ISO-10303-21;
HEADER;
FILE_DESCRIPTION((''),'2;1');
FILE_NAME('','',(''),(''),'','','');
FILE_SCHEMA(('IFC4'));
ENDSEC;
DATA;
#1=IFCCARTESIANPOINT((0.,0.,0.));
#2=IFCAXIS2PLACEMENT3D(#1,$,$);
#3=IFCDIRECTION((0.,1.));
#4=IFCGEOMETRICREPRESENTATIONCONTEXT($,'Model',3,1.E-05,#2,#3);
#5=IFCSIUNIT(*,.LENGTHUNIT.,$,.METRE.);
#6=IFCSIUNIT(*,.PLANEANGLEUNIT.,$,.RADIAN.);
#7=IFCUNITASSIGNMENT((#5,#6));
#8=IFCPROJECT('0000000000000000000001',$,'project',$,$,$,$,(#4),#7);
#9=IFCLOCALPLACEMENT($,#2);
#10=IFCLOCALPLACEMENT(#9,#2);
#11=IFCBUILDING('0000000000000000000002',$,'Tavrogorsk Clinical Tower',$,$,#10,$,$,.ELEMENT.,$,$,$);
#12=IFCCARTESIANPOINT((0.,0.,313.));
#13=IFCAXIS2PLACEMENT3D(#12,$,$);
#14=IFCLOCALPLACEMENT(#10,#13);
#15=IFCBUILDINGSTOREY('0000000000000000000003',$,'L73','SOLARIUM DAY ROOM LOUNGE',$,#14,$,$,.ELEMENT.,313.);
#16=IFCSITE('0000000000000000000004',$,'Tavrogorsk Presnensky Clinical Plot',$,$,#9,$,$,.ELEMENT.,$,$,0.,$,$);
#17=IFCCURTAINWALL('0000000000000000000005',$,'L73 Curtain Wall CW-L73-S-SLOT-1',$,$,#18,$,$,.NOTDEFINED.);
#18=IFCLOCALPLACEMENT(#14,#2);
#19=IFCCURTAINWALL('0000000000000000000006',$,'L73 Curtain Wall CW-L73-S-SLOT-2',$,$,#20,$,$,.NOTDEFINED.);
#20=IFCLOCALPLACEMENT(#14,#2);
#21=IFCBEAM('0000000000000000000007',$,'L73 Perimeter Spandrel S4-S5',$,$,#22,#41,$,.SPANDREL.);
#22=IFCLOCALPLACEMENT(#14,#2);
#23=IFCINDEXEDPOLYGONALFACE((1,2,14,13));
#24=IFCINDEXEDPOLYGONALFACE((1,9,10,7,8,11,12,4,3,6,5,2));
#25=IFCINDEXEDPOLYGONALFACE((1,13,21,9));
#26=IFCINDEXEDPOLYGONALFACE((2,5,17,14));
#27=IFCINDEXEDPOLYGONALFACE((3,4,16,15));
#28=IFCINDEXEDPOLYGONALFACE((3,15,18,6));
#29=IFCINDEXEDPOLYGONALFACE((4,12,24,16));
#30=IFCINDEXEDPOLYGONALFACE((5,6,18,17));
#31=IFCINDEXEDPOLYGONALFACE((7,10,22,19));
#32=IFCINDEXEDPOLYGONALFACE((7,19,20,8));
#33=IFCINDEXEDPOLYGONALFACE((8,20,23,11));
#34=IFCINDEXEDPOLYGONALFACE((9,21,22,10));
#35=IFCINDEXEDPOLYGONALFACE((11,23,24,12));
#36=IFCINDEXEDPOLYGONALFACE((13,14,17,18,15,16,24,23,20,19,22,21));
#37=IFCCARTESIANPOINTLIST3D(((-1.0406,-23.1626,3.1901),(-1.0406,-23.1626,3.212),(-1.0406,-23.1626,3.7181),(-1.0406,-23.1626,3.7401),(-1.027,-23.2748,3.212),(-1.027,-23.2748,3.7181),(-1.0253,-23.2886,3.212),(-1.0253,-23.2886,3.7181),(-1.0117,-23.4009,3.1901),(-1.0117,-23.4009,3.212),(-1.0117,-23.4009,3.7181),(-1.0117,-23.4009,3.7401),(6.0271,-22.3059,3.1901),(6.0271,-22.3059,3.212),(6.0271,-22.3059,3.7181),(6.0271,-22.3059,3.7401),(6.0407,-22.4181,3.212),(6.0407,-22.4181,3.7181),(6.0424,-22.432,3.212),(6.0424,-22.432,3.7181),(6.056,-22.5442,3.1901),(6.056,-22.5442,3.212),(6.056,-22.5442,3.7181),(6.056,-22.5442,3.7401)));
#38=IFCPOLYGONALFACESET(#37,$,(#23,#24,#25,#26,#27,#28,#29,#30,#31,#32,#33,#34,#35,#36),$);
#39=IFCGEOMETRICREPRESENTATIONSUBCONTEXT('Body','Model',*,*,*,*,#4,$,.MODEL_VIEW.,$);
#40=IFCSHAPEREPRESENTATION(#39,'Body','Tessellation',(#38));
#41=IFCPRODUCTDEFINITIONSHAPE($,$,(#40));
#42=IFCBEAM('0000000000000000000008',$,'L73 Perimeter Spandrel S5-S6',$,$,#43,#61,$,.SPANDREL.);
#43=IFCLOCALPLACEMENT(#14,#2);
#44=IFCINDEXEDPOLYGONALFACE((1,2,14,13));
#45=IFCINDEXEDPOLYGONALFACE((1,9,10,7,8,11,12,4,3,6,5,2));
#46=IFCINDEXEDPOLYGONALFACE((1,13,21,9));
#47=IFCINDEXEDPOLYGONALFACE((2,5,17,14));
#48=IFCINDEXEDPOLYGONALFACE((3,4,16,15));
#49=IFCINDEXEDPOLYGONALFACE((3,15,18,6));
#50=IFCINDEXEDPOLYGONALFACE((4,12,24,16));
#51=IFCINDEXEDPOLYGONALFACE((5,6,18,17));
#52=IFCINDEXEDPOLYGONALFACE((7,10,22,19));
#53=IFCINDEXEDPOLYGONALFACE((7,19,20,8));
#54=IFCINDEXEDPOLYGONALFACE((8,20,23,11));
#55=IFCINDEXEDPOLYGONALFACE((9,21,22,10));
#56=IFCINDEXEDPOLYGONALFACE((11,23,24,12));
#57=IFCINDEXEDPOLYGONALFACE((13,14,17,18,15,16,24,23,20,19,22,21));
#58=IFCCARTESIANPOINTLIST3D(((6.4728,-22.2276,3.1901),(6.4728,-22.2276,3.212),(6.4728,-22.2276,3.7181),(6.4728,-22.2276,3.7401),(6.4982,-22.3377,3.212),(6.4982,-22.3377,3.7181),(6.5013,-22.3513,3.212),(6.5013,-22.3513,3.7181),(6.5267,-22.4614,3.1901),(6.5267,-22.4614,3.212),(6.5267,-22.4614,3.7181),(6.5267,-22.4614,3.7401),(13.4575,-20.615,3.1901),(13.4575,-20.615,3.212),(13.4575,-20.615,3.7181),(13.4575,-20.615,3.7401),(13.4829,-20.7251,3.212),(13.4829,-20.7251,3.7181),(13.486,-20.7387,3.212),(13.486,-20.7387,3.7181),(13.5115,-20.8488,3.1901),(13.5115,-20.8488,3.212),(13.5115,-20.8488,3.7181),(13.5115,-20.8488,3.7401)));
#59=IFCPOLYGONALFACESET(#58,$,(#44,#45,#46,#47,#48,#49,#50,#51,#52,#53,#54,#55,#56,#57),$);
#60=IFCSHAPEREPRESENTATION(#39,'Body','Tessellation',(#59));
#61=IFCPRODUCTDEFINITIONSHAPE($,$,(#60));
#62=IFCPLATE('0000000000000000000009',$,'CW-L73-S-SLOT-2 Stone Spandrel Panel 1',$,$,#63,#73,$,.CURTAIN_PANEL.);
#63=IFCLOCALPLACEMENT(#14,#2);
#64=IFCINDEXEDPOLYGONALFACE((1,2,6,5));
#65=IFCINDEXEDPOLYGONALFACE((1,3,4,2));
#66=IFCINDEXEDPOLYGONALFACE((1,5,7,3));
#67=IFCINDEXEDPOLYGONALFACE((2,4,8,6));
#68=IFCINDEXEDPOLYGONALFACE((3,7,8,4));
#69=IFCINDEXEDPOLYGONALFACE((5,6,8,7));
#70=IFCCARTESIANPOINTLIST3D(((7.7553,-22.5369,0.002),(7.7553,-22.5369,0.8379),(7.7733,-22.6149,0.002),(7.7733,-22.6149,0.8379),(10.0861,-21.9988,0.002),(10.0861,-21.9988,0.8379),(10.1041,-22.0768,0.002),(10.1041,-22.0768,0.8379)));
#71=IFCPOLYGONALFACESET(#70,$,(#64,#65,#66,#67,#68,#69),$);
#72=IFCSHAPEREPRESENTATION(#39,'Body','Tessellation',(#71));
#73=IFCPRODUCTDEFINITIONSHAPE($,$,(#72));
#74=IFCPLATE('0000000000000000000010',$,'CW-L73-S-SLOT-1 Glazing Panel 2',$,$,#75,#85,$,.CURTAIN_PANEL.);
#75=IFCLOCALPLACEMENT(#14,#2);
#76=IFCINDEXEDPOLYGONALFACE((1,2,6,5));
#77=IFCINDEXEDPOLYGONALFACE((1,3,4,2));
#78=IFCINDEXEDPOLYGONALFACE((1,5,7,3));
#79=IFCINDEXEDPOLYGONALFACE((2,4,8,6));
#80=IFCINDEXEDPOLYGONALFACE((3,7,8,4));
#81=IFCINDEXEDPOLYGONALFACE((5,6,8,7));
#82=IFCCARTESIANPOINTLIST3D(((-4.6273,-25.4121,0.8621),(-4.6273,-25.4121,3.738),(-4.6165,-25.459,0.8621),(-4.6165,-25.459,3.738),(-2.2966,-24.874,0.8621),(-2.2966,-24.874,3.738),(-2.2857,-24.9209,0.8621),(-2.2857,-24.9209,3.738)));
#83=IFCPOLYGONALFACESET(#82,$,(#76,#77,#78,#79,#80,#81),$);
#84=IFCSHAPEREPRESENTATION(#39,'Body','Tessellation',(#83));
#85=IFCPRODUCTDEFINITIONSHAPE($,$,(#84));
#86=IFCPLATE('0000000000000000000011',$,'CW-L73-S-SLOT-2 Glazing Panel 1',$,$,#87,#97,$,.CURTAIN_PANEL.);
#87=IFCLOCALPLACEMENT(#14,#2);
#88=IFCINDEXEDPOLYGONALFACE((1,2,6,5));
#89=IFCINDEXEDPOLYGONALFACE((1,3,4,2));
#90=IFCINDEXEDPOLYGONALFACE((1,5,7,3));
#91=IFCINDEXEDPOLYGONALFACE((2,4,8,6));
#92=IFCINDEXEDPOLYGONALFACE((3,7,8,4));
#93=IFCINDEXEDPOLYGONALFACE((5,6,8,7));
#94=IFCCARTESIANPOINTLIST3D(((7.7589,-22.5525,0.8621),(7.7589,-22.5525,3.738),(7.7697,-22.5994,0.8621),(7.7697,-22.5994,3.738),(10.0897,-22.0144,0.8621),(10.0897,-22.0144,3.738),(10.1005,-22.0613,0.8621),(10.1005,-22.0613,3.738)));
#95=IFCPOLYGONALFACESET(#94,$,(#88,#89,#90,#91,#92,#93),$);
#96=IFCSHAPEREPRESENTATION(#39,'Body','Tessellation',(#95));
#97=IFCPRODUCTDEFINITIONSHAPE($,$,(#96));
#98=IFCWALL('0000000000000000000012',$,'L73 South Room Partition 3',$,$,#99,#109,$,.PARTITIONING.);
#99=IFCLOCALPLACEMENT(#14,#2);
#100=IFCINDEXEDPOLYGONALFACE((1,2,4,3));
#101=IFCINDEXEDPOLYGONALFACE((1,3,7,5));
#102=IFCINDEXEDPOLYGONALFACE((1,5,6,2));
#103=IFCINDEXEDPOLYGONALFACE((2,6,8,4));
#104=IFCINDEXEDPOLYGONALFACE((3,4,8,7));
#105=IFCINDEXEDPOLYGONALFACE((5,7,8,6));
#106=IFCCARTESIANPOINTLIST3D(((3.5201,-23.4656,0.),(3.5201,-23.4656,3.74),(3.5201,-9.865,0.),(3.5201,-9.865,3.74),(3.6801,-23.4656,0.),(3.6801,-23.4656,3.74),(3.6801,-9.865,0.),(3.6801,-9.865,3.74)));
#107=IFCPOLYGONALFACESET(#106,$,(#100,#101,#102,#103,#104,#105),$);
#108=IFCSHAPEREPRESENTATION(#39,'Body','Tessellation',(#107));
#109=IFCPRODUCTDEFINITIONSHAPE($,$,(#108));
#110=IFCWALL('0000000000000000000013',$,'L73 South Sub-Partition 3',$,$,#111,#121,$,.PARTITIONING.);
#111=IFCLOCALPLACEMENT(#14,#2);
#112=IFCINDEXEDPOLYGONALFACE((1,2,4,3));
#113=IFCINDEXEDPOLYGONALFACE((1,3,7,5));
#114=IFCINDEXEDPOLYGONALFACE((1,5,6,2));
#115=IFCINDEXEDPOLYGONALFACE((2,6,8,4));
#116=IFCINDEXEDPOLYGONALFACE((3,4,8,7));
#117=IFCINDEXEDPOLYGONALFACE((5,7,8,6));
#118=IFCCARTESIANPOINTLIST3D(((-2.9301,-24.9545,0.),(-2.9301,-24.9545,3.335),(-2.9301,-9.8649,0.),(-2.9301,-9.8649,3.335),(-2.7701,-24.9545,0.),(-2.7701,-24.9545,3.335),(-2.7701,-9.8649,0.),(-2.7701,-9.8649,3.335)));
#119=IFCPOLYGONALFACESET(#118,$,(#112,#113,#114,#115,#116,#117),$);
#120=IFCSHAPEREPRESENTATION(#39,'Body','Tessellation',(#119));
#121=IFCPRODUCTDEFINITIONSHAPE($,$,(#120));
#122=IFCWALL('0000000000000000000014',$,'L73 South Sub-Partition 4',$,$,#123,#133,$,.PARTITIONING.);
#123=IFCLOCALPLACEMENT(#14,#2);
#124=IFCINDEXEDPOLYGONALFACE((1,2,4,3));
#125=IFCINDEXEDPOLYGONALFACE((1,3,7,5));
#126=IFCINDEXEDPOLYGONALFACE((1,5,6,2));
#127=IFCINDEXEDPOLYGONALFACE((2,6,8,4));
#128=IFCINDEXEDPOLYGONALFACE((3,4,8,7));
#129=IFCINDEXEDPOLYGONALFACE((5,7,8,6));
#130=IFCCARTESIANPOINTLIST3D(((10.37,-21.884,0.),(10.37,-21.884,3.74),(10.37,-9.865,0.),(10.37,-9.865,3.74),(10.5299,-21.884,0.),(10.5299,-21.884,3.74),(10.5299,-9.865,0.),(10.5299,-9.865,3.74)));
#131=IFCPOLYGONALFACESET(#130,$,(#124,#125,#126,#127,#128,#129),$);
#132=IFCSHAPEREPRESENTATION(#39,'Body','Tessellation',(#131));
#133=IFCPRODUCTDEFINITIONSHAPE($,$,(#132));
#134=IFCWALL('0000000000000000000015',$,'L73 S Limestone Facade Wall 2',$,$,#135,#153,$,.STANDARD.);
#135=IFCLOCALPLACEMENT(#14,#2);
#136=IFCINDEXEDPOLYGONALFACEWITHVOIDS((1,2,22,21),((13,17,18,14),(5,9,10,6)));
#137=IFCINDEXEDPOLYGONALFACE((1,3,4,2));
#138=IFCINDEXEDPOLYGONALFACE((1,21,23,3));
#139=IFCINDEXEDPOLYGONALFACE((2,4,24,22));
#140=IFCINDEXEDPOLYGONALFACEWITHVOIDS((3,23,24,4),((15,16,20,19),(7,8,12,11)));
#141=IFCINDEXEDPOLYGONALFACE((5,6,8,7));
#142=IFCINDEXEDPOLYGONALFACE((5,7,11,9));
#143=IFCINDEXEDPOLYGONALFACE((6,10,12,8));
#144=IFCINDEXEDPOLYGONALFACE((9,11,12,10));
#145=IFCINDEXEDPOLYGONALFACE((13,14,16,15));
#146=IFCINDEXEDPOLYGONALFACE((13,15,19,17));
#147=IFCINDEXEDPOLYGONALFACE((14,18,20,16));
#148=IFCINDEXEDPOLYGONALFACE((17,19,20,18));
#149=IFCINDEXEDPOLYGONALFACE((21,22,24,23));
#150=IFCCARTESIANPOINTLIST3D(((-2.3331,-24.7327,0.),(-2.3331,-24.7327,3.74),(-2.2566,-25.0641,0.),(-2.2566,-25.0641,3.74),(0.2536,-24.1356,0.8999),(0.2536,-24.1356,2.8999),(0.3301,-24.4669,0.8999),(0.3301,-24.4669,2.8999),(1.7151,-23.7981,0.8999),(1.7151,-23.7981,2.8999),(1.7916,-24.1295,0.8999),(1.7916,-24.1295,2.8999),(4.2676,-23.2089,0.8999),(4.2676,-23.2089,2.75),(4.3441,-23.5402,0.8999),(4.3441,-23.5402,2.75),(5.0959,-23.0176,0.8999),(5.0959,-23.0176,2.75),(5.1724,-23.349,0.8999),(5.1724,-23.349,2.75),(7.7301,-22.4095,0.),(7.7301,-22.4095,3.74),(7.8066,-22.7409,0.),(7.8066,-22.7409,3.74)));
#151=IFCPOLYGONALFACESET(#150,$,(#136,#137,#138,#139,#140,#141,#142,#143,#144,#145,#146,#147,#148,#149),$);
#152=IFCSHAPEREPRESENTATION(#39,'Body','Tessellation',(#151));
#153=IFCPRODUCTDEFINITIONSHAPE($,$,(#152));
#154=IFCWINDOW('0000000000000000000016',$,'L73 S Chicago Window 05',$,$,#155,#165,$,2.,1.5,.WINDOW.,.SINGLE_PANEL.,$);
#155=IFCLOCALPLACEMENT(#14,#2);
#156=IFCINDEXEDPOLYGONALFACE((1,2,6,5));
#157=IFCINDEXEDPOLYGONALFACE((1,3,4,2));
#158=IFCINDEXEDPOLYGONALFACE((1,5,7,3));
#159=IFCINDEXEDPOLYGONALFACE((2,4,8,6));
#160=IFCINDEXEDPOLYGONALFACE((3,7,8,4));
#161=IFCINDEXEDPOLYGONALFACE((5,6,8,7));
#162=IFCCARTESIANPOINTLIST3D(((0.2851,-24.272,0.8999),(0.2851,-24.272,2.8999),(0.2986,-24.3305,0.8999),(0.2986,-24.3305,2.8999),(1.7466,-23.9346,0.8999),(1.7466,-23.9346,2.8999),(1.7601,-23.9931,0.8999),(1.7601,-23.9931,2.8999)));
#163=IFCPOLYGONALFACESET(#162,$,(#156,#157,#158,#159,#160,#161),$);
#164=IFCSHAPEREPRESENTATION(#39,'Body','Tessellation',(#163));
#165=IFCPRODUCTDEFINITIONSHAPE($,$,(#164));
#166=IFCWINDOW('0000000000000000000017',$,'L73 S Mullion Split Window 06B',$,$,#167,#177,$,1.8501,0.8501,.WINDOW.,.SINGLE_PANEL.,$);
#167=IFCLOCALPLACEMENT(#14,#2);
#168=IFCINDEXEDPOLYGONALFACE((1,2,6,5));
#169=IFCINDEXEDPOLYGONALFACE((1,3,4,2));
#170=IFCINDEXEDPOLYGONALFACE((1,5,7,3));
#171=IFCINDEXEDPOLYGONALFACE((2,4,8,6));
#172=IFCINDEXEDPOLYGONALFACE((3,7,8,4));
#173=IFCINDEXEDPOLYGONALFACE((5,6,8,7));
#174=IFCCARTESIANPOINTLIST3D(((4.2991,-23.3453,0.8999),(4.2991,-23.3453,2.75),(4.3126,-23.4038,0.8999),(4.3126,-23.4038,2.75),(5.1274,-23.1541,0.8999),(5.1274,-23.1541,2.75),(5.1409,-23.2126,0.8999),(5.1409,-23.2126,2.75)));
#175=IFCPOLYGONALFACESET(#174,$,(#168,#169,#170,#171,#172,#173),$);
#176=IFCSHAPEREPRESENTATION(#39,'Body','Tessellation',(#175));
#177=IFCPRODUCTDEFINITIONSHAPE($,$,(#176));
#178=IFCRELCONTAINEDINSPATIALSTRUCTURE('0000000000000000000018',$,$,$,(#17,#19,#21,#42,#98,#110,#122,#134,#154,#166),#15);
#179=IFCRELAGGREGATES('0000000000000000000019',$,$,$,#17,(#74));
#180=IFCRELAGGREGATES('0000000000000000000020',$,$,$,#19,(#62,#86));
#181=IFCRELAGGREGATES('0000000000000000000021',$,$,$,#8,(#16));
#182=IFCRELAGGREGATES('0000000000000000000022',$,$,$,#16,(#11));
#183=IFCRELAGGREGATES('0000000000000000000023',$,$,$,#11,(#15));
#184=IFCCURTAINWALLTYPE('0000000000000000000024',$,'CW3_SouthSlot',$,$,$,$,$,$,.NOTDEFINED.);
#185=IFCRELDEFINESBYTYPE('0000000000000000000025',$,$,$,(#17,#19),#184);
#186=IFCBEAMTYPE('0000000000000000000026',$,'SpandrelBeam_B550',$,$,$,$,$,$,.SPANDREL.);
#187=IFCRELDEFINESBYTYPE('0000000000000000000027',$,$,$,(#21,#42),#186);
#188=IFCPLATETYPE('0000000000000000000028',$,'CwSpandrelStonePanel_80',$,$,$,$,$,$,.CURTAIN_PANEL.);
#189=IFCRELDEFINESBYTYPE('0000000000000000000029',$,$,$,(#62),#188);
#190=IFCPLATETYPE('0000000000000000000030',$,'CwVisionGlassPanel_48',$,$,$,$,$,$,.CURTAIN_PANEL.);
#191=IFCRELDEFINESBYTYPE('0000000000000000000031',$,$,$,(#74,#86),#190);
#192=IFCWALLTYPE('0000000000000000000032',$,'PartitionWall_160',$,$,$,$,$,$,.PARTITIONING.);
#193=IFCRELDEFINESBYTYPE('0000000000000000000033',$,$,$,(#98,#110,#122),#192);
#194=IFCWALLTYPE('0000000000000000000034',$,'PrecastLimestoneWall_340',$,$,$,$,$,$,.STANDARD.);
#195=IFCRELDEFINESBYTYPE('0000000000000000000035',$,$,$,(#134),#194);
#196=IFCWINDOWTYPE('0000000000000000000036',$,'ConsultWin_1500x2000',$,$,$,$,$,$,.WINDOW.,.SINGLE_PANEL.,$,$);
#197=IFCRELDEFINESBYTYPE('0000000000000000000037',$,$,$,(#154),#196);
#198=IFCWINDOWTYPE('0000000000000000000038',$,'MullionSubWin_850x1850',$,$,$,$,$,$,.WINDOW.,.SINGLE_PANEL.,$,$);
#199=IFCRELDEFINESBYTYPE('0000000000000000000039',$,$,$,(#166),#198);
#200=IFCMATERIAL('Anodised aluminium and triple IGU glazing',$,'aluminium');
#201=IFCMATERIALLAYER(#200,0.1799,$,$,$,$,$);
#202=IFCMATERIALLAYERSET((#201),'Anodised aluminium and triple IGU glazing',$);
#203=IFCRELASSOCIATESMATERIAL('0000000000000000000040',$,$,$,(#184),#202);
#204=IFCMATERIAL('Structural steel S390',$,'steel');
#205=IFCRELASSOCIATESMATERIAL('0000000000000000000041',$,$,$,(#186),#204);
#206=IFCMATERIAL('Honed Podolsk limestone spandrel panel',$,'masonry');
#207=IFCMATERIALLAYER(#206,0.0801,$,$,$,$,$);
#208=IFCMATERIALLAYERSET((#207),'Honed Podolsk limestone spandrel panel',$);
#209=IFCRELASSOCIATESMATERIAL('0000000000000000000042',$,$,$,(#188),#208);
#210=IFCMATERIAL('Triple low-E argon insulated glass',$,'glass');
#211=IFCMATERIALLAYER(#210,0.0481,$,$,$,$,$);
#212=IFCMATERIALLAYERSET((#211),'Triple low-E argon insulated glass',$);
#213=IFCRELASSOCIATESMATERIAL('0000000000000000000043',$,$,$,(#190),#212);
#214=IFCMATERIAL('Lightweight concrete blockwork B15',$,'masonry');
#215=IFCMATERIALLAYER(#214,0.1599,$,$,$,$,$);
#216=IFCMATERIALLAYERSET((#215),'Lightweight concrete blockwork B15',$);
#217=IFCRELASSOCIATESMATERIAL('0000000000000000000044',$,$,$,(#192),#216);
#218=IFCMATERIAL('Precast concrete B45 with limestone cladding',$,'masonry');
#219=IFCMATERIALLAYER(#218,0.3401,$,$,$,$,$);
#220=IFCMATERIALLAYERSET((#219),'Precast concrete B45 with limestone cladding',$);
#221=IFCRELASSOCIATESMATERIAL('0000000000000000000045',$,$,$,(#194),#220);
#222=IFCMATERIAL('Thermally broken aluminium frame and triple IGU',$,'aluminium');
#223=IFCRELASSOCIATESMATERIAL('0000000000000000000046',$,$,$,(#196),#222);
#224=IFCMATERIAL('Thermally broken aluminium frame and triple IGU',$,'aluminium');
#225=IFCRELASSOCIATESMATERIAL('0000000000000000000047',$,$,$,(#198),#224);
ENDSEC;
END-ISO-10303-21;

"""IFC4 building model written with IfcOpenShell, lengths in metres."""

from ifc_helpers import new_model, si_unit, direction, frame, frame_2d, origin, origin_2d, place, context, subcontext, project, spatial, rectangle, i_section, extrude, material, layer, layer_set, material_profile, profile_set, type_object, element, fill, aggregate, save


model = new_model("IFC4")

# Units and contexts
model_context = context("Model", 3, precision=1e-05, world=origin(), true_north=direction((0.0, 1.0)))
body_context = subcontext(model_context, "Body", "Model", "MODEL_VIEW")
ifc_project = project(units=[si_unit("LENGTHUNIT", "METRE"), si_unit("PLANEANGLEUNIT", "RADIAN")], contexts=[model_context])

# Site, building, storey
site_placement = place(None, origin())
site = spatial("IfcSite", under=ifc_project, at=site_placement, Name="Tavrogorsk Presnensky Clinical Plot", CompositionType="ELEMENT", RefElevation=0.0)
building_placement = place(site_placement, origin())
building = spatial("IfcBuilding", under=site, at=building_placement, Name="Tavrogorsk Clinical Tower", CompositionType="ELEMENT")
storey_placement = place(building_placement, frame((0.0, 0.0, 313.0)))
storey = spatial("IfcBuildingStorey", under=building, at=storey_placement, Name="L73", Description="SOLARIUM DAY ROOM LOUNGE", CompositionType="ELEMENT", Elevation=313.0)

# Curtain wall
ifc_material_1 = material(Name="Anodised aluminium and triple IGU glazing", Category="aluminium")
ifc_layer_1 = layer(ifc_material_1, 0.1799)
ifc_layer_set_1 = layer_set([ifc_layer_1], Name="Anodised aluminium and triple IGU glazing")
curtain_wall_type = type_object("IfcCurtainWallType", Name="CW3_SouthSlot", PredefinedType="NOTDEFINED", material=ifc_layer_set_1)
curtain_wall_1_placement = place(storey_placement, origin())
curtain_wall_1 = element("IfcCurtainWall", 1, at=curtain_wall_1_placement, inside=storey, type_object=curtain_wall_type, Name="L73 Curtain Wall CW-L73-S-SLOT-1", PredefinedType="NOTDEFINED")

# Curtain wall
curtain_wall_2_placement = place(storey_placement, origin())
curtain_wall_2 = element("IfcCurtainWall", 2, at=curtain_wall_2_placement, inside=storey, type_object=curtain_wall_type, Name="L73 Curtain Wall CW-L73-S-SLOT-2", PredefinedType="NOTDEFINED")

# Beams
ifc_material_2 = material(Name="Structural steel S390", Category="steel")
ifc_material_profile_1 = material_profile(ifc_material_2, i_section(OverallWidth=0.24, OverallDepth=0.55, WebThickness=0.0139, FlangeThickness=0.022, at=origin_2d()), Name="B-550x240x14x22")
ifc_profile_set_1 = profile_set([ifc_material_profile_1], Name="Structural steel S390")
beam_type = type_object("IfcBeamType", Name="SpandrelBeam_B550", PredefinedType="SPANDREL", material=ifc_profile_set_1)
beam_1_placement = place(storey_placement, frame((-1.0261, -23.2817, 3.4651), z_axis=(0.992734, 0.120332, 0.0), x_axis=(-0.120332, 0.992734, 0.0)))
element("IfcBeam", 3, at=beam_1_placement, inside=storey, type_object=beam_type, Name="L73 Perimeter Spandrel S4-S5", PredefinedType="SPANDREL", context=body_context, shape_type="SweptSolid", body=[
    extrude(i_section(OverallWidth=0.24, OverallDepth=0.55, WebThickness=0.0139, FlangeThickness=0.022, at=origin_2d()), origin(), (0.0, 0.0, 1.0), 7.1194),
])
beam_2_placement = place(storey_placement, frame((6.4998, -22.3445, 3.4651), z_axis=(0.974369, 0.224954, 0.0), x_axis=(-0.224954, 0.974369, 0.0)))
element("IfcBeam", 4, at=beam_2_placement, inside=storey, type_object=beam_type, Name="L73 Perimeter Spandrel S5-S6", PredefinedType="SPANDREL", context=body_context, shape_type="SweptSolid", body=[
    extrude(i_section(OverallWidth=0.24, OverallDepth=0.55, WebThickness=0.0139, FlangeThickness=0.022, at=origin_2d()), origin(), (0.0, 0.0, 1.0), 7.1685),
])

# Plates
ifc_material_3 = material(Name="Honed Podolsk limestone spandrel panel", Category="masonry")
ifc_layer_2 = layer(ifc_material_3, 0.0801)
ifc_layer_set_2 = layer_set([ifc_layer_2], Name="Honed Podolsk limestone spandrel panel")
plate_type_1 = type_object("IfcPlateType", Name="CwSpandrelStonePanel_80", PredefinedType="CURTAIN_PANEL", material=ifc_layer_set_2)
plate_1_placement = place(storey_placement, frame((8.9297, -22.3069, 0.002), z_axis=(0.0, 0.0, 1.0), x_axis=(0.97437, 0.224951, 0.0)))
plate_1 = element("IfcPlate", 5, at=plate_1_placement, type_object=plate_type_1, Name="CW-L73-S-SLOT-2 Stone Spandrel Panel 1", PredefinedType="CURTAIN_PANEL", context=body_context, shape_type="SweptSolid", body=[
    extrude(rectangle(XDim=2.3921, YDim=0.0801, at=origin_2d()), origin(), (0.0, 0.0, 1.0), 0.8359),
])
ifc_material_4 = material(Name="Triple low-E argon insulated glass", Category="glass")
ifc_layer_3 = layer(ifc_material_4, 0.0481)
ifc_layer_set_3 = layer_set([ifc_layer_3], Name="Triple low-E argon insulated glass")
plate_type_2 = type_object("IfcPlateType", Name="CwVisionGlassPanel_48", PredefinedType="CURTAIN_PANEL", material=ifc_layer_set_3)
plate_2_placement = place(storey_placement, frame((-3.4565, -25.1665, 0.8621), z_axis=(0.0, 0.0, 1.0), x_axis=(0.97437, 0.224951, 0.0)))
plate_2 = element("IfcPlate", 6, at=plate_2_placement, type_object=plate_type_2, Name="CW-L73-S-SLOT-1 Glazing Panel 2", PredefinedType="CURTAIN_PANEL", context=body_context, shape_type="SweptSolid", body=[
    extrude(rectangle(XDim=2.3921, YDim=0.0481, at=origin_2d()), origin(), (0.0, 0.0, 1.0), 2.876),
])
aggregate(curtain_wall_1, [plate_2])
plate_3_placement = place(storey_placement, frame((8.9297, -22.3069, 0.8621), z_axis=(0.0, 0.0, 1.0), x_axis=(0.97437, 0.224951, 0.0)))
plate_3 = element("IfcPlate", 7, at=plate_3_placement, type_object=plate_type_2, Name="CW-L73-S-SLOT-2 Glazing Panel 1", PredefinedType="CURTAIN_PANEL", context=body_context, shape_type="SweptSolid", body=[
    extrude(rectangle(XDim=2.3921, YDim=0.0481, at=origin_2d()), origin(), (0.0, 0.0, 1.0), 2.876),
])
aggregate(curtain_wall_2, [plate_1, plate_3])

# Walls
ifc_material_5 = material(Name="Lightweight concrete blockwork B15", Category="masonry")
ifc_layer_4 = layer(ifc_material_5, 0.1599)
ifc_layer_set_4 = layer_set([ifc_layer_4], Name="Lightweight concrete blockwork B15")
wall_type_1 = type_object("IfcWallType", Name="PartitionWall_160", PredefinedType="PARTITIONING", material=ifc_layer_set_4)
wall_1_placement = place(storey_placement, frame((3.6001, -23.4656, 0.0), z_axis=(0.0, 0.0, 1.0), x_axis=(0.0, 1.0, 0.0)))
element("IfcWall", 8, at=wall_1_placement, inside=storey, type_object=wall_type_1, Name="L73 South Room Partition 3", PredefinedType="PARTITIONING", context=body_context, shape_type="SweptSolid", body=[
    extrude(rectangle(XDim=13.6006, YDim=0.1599, at=frame_2d((6.8003, 0.0))), origin(), (0.0, 0.0, 1.0), 3.74),
])
wall_2_placement = place(storey_placement, frame((-2.8501, -24.9546, 0.0), z_axis=(0.0, 0.0, 1.0), x_axis=(0.0, 1.0, 0.0)))
element("IfcWall", 9, at=wall_2_placement, inside=storey, type_object=wall_type_1, Name="L73 South Sub-Partition 3", PredefinedType="PARTITIONING", context=body_context, shape_type="SweptSolid", body=[
    extrude(rectangle(XDim=15.0896, YDim=0.1599, at=frame_2d((7.5449, 0.0))), origin(), (0.0, 0.0, 1.0), 3.335),
])
wall_3_placement = place(storey_placement, frame((10.45, -21.884, 0.0), z_axis=(0.0, 0.0, 1.0), x_axis=(0.0, 1.0, 0.0)))
element("IfcWall", 10, at=wall_3_placement, inside=storey, type_object=wall_type_1, Name="L73 South Sub-Partition 4", PredefinedType="PARTITIONING", context=body_context, shape_type="SweptSolid", body=[
    extrude(rectangle(XDim=12.019, YDim=0.1599, at=frame_2d((6.0095, 0.0))), origin(), (0.0, 0.0, 1.0), 3.74),
])

# Wall, openings, windows
ifc_material_6 = material(Name="Precast concrete B45 with limestone cladding", Category="masonry")
ifc_layer_5 = layer(ifc_material_6, 0.3401)
ifc_layer_set_5 = layer_set([ifc_layer_5], Name="Precast concrete B45 with limestone cladding")
wall_type_2 = type_object("IfcWallType", Name="PrecastLimestoneWall_340", PredefinedType="STANDARD", material=ifc_layer_set_5)
wall_4_placement = place(storey_placement, frame((-2.2949, -24.8984, 0.0), z_axis=(0.0, 0.0, 1.0), x_axis=(0.974371, 0.224948, 0.0)))
wall_4 = element("IfcWall", 11, at=wall_4_placement, inside=storey, type_object=wall_type_2, Name="L73 S Limestone Facade Wall 2", PredefinedType="STANDARD", context=body_context, shape_type="SweptSolid", body=[
    extrude(rectangle(XDim=10.3279, YDim=0.3401, at=frame_2d((5.1641, 0.0))), origin(), (0.0, 0.0, 1.0), 3.74),
])
opening_1_placement = place(wall_4_placement, frame((2.6548, 0.0, 0.8999)))
opening_1 = element("IfcOpeningElement", 12, at=opening_1_placement, cuts=wall_4, PredefinedType="OPENING", context=body_context, shape_type="SweptSolid", body=[
    extrude(rectangle(XDim=1.5, YDim=2.0, at=frame_2d((0.75, 1.0))), frame((0.0, 0.1799, 0.0), z_axis=(0.0, -1.0, 0.0), x_axis=(1.0, 0.0, 0.0)), (0.0, 0.0, 1.0), 0.3601),
])
opening_2_placement = place(wall_4_placement, frame((6.7744, 0.0, 0.8999)))
opening_2 = element("IfcOpeningElement", 13, at=opening_2_placement, cuts=wall_4, PredefinedType="OPENING", context=body_context, shape_type="SweptSolid", body=[
    extrude(rectangle(XDim=0.8501, YDim=1.8501, at=frame_2d((0.425, 0.925))), frame((0.0, 0.1799, 0.0), z_axis=(0.0, -1.0, 0.0), x_axis=(1.0, 0.0, 0.0)), (0.0, 0.0, 1.0), 0.3601),
])
ifc_material_7 = material(Name="Thermally broken aluminium frame and triple IGU", Category="aluminium")
window_type_1 = type_object("IfcWindowType", Name="ConsultWin_1500x2000", PartitioningType="SINGLE_PANEL", PredefinedType="WINDOW", material=ifc_material_7)
window_1_placement = place(opening_1_placement, origin())
window_1 = element("IfcWindow", 14, at=window_1_placement, inside=storey, type_object=window_type_1, Name="L73 S Chicago Window 05", OverallHeight=2.0, OverallWidth=1.5, PartitioningType="SINGLE_PANEL", PredefinedType="WINDOW", context=body_context, shape_type="SweptSolid", body=[
    extrude(rectangle(XDim=1.5, YDim=2.0, at=frame_2d((0.75, 1.0))), frame((0.0, 0.03, 0.0), z_axis=(0.0, -1.0, 0.0), x_axis=(1.0, 0.0, 0.0)), (0.0, 0.0, 1.0), 0.0601),
])
fill(opening_1, window_1)
ifc_material_8 = material(Name="Thermally broken aluminium frame and triple IGU", Category="aluminium")
window_type_2 = type_object("IfcWindowType", Name="MullionSubWin_850x1850", PartitioningType="SINGLE_PANEL", PredefinedType="WINDOW", material=ifc_material_8)
window_2_placement = place(opening_2_placement, origin())
window_2 = element("IfcWindow", 15, at=window_2_placement, inside=storey, type_object=window_type_2, Name="L73 S Mullion Split Window 06B", OverallHeight=1.8501, OverallWidth=0.8501, PartitioningType="SINGLE_PANEL", PredefinedType="WINDOW", context=body_context, shape_type="SweptSolid", body=[
    extrude(rectangle(XDim=0.8501, YDim=1.8501, at=frame_2d((0.425, 0.925))), frame((0.0, 0.03, 0.0), z_axis=(0.0, -1.0, 0.0), x_axis=(1.0, 0.0, 0.0)), (0.0, 0.0, 1.0), 0.0601),
])
fill(opening_2, window_2)

save(model, "model.ifc")
